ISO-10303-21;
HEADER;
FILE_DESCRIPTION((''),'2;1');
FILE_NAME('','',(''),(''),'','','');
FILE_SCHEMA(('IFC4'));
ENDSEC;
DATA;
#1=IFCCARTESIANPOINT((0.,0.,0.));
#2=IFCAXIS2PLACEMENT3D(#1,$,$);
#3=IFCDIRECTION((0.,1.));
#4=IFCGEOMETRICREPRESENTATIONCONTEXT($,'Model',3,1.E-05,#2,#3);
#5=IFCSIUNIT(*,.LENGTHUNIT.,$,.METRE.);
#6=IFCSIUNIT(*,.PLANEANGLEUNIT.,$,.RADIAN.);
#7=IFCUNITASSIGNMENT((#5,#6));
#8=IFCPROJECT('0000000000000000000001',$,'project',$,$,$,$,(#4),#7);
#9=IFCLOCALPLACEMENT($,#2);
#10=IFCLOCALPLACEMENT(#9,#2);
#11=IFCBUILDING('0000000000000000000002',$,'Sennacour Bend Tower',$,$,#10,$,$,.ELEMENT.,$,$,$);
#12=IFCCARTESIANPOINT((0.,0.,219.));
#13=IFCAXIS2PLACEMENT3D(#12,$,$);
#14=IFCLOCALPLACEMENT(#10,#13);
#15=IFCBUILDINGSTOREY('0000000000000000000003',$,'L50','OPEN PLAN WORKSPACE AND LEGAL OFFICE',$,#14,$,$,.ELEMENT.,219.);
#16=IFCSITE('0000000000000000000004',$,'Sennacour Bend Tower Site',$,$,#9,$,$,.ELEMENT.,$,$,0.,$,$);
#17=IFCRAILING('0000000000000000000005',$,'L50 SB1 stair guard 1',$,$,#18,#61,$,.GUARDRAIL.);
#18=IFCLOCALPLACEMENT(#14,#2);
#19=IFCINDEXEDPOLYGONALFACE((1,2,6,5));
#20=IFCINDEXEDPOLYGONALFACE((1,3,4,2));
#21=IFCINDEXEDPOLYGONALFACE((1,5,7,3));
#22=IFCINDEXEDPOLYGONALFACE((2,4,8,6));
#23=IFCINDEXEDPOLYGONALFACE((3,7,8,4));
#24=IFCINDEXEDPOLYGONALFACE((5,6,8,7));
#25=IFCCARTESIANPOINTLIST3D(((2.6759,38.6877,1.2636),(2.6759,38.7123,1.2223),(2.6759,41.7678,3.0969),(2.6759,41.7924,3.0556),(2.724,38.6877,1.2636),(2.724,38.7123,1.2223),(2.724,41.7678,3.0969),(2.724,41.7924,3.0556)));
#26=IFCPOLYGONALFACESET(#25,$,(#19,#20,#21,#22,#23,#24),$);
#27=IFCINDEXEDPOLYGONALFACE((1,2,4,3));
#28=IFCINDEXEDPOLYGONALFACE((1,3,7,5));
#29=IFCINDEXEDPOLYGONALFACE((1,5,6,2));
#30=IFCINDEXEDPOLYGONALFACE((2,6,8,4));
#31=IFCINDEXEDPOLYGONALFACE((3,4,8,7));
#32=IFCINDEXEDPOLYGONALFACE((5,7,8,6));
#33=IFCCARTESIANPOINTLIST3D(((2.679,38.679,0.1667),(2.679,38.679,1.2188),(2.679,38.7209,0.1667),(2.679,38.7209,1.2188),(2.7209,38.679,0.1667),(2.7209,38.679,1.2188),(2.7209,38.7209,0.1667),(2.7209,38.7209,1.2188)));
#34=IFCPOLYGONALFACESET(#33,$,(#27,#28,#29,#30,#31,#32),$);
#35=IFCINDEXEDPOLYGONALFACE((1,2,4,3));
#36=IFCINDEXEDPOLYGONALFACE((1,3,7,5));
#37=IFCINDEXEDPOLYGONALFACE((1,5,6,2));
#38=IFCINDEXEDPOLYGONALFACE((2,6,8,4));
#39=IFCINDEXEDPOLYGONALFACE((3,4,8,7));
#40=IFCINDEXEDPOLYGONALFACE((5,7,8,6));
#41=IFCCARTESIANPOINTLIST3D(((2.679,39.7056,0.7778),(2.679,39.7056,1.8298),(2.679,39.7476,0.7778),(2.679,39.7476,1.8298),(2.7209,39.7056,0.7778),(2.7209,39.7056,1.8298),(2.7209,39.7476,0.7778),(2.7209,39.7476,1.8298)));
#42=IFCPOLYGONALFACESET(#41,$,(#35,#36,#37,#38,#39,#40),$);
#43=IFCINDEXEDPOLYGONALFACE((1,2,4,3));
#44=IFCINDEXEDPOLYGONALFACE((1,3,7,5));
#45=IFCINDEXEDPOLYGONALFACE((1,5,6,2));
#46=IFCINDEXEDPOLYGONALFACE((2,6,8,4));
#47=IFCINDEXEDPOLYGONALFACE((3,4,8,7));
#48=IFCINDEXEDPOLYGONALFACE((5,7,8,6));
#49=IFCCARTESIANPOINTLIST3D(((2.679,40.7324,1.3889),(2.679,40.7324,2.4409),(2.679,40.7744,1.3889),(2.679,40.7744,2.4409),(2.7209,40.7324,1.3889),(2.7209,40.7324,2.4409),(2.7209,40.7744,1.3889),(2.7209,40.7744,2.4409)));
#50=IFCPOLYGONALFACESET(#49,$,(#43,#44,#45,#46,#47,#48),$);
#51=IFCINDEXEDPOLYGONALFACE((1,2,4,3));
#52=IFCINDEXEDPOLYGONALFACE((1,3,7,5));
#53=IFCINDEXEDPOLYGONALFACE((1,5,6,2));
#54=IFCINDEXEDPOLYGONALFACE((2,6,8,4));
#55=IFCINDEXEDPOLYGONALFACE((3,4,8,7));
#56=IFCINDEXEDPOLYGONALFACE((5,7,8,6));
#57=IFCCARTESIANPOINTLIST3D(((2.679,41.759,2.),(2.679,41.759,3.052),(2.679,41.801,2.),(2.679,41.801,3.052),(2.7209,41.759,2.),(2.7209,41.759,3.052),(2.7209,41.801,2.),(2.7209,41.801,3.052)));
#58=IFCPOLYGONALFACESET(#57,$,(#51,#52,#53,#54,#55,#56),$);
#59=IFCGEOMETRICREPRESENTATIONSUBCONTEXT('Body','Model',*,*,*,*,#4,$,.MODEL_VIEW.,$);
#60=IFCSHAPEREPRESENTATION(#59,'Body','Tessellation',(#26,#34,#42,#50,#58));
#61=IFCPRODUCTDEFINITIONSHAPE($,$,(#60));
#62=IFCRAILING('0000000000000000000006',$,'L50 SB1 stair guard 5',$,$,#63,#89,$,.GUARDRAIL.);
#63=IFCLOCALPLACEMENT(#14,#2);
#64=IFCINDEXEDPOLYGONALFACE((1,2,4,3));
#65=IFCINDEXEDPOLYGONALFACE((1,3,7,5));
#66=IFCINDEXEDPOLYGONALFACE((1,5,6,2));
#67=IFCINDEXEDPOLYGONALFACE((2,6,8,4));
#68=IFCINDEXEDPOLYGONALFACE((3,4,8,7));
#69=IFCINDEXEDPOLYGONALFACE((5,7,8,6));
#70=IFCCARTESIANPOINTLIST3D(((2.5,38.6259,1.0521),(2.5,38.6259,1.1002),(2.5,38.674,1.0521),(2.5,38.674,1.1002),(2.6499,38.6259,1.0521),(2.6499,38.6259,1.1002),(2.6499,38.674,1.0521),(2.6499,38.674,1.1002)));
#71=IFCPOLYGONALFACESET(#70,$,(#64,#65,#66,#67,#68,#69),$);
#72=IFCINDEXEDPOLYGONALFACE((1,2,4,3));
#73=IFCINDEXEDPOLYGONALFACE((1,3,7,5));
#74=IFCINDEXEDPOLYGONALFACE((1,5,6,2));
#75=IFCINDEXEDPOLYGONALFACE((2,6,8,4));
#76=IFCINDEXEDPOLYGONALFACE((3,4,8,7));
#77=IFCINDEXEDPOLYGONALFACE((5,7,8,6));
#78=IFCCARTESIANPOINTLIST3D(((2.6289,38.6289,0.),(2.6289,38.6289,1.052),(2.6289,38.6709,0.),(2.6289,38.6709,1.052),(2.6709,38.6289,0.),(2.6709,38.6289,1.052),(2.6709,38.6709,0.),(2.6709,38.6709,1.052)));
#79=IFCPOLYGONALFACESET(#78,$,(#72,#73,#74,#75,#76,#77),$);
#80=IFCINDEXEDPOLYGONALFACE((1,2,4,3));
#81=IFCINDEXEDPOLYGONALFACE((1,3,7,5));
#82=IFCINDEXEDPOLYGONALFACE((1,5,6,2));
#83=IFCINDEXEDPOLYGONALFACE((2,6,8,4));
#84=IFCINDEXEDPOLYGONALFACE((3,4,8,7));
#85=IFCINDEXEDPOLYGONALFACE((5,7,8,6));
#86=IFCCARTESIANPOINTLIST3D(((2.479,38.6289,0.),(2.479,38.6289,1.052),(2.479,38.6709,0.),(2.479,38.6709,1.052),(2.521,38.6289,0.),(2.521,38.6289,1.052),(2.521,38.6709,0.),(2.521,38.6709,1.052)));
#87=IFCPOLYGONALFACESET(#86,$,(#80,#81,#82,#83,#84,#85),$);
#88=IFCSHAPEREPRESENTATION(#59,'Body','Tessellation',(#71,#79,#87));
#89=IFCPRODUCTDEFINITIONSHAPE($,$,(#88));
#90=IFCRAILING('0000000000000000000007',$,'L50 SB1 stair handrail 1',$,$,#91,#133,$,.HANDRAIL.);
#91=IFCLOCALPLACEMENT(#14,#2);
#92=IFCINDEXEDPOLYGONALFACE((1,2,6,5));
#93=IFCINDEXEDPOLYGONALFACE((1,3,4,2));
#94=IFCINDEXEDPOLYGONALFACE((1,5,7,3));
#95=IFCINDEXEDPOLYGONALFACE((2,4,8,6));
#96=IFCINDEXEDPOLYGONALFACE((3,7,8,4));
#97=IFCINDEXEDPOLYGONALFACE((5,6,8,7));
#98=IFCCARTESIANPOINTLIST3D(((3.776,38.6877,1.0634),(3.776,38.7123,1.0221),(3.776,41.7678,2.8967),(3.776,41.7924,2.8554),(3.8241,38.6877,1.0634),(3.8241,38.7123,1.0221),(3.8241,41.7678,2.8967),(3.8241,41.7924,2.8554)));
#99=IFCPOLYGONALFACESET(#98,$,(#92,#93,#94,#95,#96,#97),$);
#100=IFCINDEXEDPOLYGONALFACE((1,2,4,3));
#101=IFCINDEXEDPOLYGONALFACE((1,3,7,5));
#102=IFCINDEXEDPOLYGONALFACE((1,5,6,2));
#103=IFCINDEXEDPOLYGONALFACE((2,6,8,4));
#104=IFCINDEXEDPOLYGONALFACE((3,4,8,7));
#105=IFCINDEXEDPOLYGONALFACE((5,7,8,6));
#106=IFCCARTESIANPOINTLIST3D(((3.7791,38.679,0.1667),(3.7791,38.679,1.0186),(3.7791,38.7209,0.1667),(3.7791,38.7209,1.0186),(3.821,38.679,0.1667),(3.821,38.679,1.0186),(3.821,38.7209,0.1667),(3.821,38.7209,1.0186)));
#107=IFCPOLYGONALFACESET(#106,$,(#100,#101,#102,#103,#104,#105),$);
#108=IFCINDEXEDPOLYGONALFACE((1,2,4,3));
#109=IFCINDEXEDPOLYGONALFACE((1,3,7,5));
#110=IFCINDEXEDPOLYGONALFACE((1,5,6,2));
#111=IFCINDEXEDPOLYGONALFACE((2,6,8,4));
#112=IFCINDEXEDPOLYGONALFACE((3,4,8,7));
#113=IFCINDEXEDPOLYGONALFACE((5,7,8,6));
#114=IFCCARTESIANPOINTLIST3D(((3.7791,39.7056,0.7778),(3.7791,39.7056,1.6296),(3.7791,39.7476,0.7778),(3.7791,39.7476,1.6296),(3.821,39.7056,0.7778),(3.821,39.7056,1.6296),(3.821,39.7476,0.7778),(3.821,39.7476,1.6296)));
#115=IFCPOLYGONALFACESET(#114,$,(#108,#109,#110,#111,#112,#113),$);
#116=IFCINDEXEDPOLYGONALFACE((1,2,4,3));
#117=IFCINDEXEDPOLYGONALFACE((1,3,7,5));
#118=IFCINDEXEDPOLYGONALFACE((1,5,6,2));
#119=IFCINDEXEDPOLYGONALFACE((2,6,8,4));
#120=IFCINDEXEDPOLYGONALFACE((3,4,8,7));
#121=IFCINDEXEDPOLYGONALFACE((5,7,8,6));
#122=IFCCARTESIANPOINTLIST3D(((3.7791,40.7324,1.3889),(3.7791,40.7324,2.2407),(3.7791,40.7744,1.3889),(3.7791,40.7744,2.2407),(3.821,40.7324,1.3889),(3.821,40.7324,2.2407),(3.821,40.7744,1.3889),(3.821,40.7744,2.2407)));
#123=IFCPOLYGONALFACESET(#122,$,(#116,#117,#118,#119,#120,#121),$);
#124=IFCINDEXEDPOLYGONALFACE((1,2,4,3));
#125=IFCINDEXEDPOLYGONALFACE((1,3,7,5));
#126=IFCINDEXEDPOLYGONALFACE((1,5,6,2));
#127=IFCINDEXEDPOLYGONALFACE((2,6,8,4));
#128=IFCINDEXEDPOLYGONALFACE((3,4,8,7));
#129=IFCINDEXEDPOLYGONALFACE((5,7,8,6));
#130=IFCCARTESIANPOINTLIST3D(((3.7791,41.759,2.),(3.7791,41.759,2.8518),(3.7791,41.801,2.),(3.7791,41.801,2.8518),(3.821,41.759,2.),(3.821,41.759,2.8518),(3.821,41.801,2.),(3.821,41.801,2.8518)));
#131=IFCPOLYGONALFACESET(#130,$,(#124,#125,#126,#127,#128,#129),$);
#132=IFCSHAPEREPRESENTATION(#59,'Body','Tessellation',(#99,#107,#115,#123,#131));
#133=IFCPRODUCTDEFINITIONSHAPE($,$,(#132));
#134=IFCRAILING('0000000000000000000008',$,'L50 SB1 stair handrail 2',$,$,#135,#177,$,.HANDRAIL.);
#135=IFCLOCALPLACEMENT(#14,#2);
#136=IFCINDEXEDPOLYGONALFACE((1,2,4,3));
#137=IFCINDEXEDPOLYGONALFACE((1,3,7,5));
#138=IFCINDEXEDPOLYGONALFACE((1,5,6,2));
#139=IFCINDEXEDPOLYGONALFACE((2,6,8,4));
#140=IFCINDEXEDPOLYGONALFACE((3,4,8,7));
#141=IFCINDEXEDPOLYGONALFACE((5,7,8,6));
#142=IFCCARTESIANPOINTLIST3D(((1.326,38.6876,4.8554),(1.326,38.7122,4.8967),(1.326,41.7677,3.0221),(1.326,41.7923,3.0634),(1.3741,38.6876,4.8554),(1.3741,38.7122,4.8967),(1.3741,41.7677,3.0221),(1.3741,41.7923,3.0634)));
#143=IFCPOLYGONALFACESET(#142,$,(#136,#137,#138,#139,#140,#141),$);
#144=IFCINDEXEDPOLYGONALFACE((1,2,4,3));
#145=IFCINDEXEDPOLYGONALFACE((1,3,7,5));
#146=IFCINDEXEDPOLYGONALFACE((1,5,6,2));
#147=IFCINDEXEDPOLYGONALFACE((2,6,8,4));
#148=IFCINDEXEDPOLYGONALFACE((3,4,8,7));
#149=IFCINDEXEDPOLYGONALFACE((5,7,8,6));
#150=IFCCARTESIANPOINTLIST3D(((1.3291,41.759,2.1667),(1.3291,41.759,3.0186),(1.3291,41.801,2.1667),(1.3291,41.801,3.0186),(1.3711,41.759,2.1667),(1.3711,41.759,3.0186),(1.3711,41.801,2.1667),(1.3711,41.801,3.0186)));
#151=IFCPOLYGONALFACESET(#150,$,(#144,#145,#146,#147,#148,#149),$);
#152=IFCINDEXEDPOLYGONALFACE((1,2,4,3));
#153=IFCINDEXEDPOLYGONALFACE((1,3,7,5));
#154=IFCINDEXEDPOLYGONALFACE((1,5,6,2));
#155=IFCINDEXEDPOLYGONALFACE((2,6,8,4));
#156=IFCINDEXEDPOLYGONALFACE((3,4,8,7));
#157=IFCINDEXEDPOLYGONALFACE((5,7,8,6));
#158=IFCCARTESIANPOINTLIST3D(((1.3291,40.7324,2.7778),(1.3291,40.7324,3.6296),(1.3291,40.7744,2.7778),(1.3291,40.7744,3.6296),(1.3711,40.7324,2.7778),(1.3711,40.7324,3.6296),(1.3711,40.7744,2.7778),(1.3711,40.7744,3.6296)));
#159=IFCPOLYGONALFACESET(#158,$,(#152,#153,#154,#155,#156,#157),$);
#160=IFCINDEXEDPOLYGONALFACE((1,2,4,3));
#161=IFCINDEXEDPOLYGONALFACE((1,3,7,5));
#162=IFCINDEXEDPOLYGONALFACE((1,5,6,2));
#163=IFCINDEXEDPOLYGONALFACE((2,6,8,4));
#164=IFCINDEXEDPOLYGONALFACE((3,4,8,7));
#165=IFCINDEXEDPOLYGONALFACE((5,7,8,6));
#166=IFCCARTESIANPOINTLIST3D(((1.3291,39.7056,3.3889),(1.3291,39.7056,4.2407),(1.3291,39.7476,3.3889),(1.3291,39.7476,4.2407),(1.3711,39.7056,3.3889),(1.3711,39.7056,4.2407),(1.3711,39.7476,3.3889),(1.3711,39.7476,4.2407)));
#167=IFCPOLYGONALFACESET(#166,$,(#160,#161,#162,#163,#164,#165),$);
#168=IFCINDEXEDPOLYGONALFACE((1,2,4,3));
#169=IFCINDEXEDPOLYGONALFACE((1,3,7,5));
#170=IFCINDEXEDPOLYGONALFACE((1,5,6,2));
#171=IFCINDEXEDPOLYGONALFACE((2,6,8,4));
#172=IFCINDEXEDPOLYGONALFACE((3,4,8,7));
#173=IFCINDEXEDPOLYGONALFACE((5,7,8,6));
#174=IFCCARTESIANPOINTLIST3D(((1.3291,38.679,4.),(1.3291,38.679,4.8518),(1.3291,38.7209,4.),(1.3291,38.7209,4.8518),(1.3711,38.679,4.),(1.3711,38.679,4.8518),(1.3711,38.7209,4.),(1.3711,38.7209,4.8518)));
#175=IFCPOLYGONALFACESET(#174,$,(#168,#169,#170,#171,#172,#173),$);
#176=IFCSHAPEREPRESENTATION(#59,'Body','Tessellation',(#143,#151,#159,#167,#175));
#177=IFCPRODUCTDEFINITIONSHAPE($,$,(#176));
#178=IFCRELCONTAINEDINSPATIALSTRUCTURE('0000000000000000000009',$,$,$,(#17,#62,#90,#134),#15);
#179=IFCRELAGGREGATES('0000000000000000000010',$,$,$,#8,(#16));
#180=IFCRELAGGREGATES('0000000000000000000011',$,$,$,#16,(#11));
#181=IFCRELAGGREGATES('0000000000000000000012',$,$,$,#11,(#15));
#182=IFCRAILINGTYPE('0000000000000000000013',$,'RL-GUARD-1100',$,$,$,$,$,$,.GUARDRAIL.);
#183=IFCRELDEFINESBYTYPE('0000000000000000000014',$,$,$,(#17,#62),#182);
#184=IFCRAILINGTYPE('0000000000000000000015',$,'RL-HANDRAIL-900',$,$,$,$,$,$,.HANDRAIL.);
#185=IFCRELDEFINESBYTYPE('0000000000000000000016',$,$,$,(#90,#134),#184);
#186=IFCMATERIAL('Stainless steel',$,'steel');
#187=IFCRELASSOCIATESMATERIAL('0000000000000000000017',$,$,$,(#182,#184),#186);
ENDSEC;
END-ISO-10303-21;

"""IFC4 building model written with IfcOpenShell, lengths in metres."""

from ifc_helpers import new_model, si_unit, direction, frame, origin, origin_2d, place, context, subcontext, project, spatial, rectangle, extrude, material, type_object, element, save


model = new_model("IFC4")

# Units and contexts
model_context = context("Model", 3, precision=1e-05, world=origin(), true_north=direction((0.0, 1.0)))
body_context = subcontext(model_context, "Body", "Model", "MODEL_VIEW")
ifc_project = project(units=[si_unit("LENGTHUNIT", "METRE"), si_unit("PLANEANGLEUNIT", "RADIAN")], contexts=[model_context])

# Site, building, storey
site_placement = place(None, origin())
site = spatial("IfcSite", under=ifc_project, at=site_placement, Name="Sennacour Bend Tower Site", CompositionType="ELEMENT", RefElevation=0.0)
building_placement = place(site_placement, origin())
building = spatial("IfcBuilding", under=site, at=building_placement, Name="Sennacour Bend Tower", CompositionType="ELEMENT")
storey_placement = place(building_placement, frame((0.0, 0.0, 219.0)))
storey = spatial("IfcBuildingStorey", under=building, at=storey_placement, Name="L50", Description="OPEN PLAN WORKSPACE AND LEGAL OFFICE", CompositionType="ELEMENT", Elevation=219.0)

# Shared definitions
ifc_material_1 = material(Name="Stainless steel", Category="steel")

# Railings
railing_type_1 = type_object("IfcRailingType", Name="RL-GUARD-1100", PredefinedType="GUARDRAIL", material=ifc_material_1)
railing_1_placement = place(storey_placement, frame((2.7, 38.7, 0.1667)))
element("IfcRailing", 1, at=railing_1_placement, inside=storey, type_object=railing_type_1, Name="L50 SB1 stair guard 1", PredefinedType="GUARDRAIL", context=body_context, shape_type="SweptSolid", body=[
    extrude(rectangle(XDim=0.0481, YDim=0.0481, at=origin_2d()), frame((0.0, 0.0, 1.0762), z_axis=(0.0, 0.859309, 0.511458), x_axis=(-1.0, 0.0, 0.0)), (0.0, 0.0, 1.0), 3.5845),
    extrude(rectangle(XDim=0.042, YDim=0.042, at=origin_2d()), origin(), (0.0, 0.0, 1.0), 1.052),
    extrude(rectangle(XDim=0.042, YDim=0.042, at=origin_2d()), frame((0.0, 1.0266, 0.6111)), (0.0, 0.0, 1.0), 1.052),
    extrude(rectangle(XDim=0.042, YDim=0.042, at=origin_2d()), frame((0.0, 2.0535, 1.2222)), (0.0, 0.0, 1.0), 1.052),
    extrude(rectangle(XDim=0.042, YDim=0.042, at=origin_2d()), frame((0.0, 3.0801, 1.8333)), (0.0, 0.0, 1.0), 1.052),
])
railing_2_placement = place(storey_placement, frame((2.6499, 38.6499, 0.0)))
element("IfcRailing", 2, at=railing_2_placement, inside=storey, type_object=railing_type_1, Name="L50 SB1 stair guard 5", PredefinedType="GUARDRAIL", context=body_context, shape_type="SweptSolid", body=[
    extrude(rectangle(XDim=0.0481, YDim=0.0481, at=origin_2d()), frame((0.0, 0.0, 1.0762), z_axis=(-1.0, 0.0, 0.0), x_axis=(0.0, -1.0, 0.0)), (0.0, 0.0, 1.0), 0.1499),
    extrude(rectangle(XDim=0.042, YDim=0.042, at=origin_2d()), origin(), (0.0, 0.0, 1.0), 1.052),
    extrude(rectangle(XDim=0.042, YDim=0.042, at=origin_2d()), frame((-0.1499, 0.0, 0.0)), (0.0, 0.0, 1.0), 1.052),
])
railing_type_2 = type_object("IfcRailingType", Name="RL-HANDRAIL-900", PredefinedType="HANDRAIL", material=ifc_material_1)
railing_3_placement = place(storey_placement, frame((3.8, 38.7, 0.1667)))
element("IfcRailing", 3, at=railing_3_placement, inside=storey, type_object=railing_type_2, Name="L50 SB1 stair handrail 1", PredefinedType="HANDRAIL", context=body_context, shape_type="SweptSolid", body=[
    extrude(rectangle(XDim=0.0481, YDim=0.0481, at=origin_2d()), frame((0.0, 0.0, 0.876), z_axis=(0.0, 0.859309, 0.511458), x_axis=(-1.0, 0.0, 0.0)), (0.0, 0.0, 1.0), 3.5845),
    extrude(rectangle(XDim=0.042, YDim=0.042, at=origin_2d()), origin(), (0.0, 0.0, 1.0), 0.8518),
    extrude(rectangle(XDim=0.042, YDim=0.042, at=origin_2d()), frame((0.0, 1.0266, 0.6111)), (0.0, 0.0, 1.0), 0.8518),
    extrude(rectangle(XDim=0.042, YDim=0.042, at=origin_2d()), frame((0.0, 2.0535, 1.2222)), (0.0, 0.0, 1.0), 0.8518),
    extrude(rectangle(XDim=0.042, YDim=0.042, at=origin_2d()), frame((0.0, 3.0801, 1.8333)), (0.0, 0.0, 1.0), 0.8518),
])
railing_4_placement = place(storey_placement, frame((1.3501, 41.78, 2.1667)))
element("IfcRailing", 4, at=railing_4_placement, inside=storey, type_object=railing_type_2, Name="L50 SB1 stair handrail 2", PredefinedType="HANDRAIL", context=body_context, shape_type="SweptSolid", body=[
    extrude(rectangle(XDim=0.0481, YDim=0.0481, at=origin_2d()), frame((0.0, 0.0, 0.876), z_axis=(0.0, -0.859309, 0.511458), x_axis=(1.0, 0.0, 0.0)), (0.0, 0.0, 1.0), 3.5845),
    extrude(rectangle(XDim=0.042, YDim=0.042, at=origin_2d()), origin(), (0.0, 0.0, 1.0), 0.8518),
    extrude(rectangle(XDim=0.042, YDim=0.042, at=origin_2d()), frame((0.0, -1.0266, 0.6111)), (0.0, 0.0, 1.0), 0.8518),
    extrude(rectangle(XDim=0.042, YDim=0.042, at=origin_2d()), frame((0.0, -2.0535, 1.2222)), (0.0, 0.0, 1.0), 0.8518),
    extrude(rectangle(XDim=0.042, YDim=0.042, at=origin_2d()), frame((0.0, -3.0801, 1.8333)), (0.0, 0.0, 1.0), 0.8518),
])

save(model, "model.ifc")
